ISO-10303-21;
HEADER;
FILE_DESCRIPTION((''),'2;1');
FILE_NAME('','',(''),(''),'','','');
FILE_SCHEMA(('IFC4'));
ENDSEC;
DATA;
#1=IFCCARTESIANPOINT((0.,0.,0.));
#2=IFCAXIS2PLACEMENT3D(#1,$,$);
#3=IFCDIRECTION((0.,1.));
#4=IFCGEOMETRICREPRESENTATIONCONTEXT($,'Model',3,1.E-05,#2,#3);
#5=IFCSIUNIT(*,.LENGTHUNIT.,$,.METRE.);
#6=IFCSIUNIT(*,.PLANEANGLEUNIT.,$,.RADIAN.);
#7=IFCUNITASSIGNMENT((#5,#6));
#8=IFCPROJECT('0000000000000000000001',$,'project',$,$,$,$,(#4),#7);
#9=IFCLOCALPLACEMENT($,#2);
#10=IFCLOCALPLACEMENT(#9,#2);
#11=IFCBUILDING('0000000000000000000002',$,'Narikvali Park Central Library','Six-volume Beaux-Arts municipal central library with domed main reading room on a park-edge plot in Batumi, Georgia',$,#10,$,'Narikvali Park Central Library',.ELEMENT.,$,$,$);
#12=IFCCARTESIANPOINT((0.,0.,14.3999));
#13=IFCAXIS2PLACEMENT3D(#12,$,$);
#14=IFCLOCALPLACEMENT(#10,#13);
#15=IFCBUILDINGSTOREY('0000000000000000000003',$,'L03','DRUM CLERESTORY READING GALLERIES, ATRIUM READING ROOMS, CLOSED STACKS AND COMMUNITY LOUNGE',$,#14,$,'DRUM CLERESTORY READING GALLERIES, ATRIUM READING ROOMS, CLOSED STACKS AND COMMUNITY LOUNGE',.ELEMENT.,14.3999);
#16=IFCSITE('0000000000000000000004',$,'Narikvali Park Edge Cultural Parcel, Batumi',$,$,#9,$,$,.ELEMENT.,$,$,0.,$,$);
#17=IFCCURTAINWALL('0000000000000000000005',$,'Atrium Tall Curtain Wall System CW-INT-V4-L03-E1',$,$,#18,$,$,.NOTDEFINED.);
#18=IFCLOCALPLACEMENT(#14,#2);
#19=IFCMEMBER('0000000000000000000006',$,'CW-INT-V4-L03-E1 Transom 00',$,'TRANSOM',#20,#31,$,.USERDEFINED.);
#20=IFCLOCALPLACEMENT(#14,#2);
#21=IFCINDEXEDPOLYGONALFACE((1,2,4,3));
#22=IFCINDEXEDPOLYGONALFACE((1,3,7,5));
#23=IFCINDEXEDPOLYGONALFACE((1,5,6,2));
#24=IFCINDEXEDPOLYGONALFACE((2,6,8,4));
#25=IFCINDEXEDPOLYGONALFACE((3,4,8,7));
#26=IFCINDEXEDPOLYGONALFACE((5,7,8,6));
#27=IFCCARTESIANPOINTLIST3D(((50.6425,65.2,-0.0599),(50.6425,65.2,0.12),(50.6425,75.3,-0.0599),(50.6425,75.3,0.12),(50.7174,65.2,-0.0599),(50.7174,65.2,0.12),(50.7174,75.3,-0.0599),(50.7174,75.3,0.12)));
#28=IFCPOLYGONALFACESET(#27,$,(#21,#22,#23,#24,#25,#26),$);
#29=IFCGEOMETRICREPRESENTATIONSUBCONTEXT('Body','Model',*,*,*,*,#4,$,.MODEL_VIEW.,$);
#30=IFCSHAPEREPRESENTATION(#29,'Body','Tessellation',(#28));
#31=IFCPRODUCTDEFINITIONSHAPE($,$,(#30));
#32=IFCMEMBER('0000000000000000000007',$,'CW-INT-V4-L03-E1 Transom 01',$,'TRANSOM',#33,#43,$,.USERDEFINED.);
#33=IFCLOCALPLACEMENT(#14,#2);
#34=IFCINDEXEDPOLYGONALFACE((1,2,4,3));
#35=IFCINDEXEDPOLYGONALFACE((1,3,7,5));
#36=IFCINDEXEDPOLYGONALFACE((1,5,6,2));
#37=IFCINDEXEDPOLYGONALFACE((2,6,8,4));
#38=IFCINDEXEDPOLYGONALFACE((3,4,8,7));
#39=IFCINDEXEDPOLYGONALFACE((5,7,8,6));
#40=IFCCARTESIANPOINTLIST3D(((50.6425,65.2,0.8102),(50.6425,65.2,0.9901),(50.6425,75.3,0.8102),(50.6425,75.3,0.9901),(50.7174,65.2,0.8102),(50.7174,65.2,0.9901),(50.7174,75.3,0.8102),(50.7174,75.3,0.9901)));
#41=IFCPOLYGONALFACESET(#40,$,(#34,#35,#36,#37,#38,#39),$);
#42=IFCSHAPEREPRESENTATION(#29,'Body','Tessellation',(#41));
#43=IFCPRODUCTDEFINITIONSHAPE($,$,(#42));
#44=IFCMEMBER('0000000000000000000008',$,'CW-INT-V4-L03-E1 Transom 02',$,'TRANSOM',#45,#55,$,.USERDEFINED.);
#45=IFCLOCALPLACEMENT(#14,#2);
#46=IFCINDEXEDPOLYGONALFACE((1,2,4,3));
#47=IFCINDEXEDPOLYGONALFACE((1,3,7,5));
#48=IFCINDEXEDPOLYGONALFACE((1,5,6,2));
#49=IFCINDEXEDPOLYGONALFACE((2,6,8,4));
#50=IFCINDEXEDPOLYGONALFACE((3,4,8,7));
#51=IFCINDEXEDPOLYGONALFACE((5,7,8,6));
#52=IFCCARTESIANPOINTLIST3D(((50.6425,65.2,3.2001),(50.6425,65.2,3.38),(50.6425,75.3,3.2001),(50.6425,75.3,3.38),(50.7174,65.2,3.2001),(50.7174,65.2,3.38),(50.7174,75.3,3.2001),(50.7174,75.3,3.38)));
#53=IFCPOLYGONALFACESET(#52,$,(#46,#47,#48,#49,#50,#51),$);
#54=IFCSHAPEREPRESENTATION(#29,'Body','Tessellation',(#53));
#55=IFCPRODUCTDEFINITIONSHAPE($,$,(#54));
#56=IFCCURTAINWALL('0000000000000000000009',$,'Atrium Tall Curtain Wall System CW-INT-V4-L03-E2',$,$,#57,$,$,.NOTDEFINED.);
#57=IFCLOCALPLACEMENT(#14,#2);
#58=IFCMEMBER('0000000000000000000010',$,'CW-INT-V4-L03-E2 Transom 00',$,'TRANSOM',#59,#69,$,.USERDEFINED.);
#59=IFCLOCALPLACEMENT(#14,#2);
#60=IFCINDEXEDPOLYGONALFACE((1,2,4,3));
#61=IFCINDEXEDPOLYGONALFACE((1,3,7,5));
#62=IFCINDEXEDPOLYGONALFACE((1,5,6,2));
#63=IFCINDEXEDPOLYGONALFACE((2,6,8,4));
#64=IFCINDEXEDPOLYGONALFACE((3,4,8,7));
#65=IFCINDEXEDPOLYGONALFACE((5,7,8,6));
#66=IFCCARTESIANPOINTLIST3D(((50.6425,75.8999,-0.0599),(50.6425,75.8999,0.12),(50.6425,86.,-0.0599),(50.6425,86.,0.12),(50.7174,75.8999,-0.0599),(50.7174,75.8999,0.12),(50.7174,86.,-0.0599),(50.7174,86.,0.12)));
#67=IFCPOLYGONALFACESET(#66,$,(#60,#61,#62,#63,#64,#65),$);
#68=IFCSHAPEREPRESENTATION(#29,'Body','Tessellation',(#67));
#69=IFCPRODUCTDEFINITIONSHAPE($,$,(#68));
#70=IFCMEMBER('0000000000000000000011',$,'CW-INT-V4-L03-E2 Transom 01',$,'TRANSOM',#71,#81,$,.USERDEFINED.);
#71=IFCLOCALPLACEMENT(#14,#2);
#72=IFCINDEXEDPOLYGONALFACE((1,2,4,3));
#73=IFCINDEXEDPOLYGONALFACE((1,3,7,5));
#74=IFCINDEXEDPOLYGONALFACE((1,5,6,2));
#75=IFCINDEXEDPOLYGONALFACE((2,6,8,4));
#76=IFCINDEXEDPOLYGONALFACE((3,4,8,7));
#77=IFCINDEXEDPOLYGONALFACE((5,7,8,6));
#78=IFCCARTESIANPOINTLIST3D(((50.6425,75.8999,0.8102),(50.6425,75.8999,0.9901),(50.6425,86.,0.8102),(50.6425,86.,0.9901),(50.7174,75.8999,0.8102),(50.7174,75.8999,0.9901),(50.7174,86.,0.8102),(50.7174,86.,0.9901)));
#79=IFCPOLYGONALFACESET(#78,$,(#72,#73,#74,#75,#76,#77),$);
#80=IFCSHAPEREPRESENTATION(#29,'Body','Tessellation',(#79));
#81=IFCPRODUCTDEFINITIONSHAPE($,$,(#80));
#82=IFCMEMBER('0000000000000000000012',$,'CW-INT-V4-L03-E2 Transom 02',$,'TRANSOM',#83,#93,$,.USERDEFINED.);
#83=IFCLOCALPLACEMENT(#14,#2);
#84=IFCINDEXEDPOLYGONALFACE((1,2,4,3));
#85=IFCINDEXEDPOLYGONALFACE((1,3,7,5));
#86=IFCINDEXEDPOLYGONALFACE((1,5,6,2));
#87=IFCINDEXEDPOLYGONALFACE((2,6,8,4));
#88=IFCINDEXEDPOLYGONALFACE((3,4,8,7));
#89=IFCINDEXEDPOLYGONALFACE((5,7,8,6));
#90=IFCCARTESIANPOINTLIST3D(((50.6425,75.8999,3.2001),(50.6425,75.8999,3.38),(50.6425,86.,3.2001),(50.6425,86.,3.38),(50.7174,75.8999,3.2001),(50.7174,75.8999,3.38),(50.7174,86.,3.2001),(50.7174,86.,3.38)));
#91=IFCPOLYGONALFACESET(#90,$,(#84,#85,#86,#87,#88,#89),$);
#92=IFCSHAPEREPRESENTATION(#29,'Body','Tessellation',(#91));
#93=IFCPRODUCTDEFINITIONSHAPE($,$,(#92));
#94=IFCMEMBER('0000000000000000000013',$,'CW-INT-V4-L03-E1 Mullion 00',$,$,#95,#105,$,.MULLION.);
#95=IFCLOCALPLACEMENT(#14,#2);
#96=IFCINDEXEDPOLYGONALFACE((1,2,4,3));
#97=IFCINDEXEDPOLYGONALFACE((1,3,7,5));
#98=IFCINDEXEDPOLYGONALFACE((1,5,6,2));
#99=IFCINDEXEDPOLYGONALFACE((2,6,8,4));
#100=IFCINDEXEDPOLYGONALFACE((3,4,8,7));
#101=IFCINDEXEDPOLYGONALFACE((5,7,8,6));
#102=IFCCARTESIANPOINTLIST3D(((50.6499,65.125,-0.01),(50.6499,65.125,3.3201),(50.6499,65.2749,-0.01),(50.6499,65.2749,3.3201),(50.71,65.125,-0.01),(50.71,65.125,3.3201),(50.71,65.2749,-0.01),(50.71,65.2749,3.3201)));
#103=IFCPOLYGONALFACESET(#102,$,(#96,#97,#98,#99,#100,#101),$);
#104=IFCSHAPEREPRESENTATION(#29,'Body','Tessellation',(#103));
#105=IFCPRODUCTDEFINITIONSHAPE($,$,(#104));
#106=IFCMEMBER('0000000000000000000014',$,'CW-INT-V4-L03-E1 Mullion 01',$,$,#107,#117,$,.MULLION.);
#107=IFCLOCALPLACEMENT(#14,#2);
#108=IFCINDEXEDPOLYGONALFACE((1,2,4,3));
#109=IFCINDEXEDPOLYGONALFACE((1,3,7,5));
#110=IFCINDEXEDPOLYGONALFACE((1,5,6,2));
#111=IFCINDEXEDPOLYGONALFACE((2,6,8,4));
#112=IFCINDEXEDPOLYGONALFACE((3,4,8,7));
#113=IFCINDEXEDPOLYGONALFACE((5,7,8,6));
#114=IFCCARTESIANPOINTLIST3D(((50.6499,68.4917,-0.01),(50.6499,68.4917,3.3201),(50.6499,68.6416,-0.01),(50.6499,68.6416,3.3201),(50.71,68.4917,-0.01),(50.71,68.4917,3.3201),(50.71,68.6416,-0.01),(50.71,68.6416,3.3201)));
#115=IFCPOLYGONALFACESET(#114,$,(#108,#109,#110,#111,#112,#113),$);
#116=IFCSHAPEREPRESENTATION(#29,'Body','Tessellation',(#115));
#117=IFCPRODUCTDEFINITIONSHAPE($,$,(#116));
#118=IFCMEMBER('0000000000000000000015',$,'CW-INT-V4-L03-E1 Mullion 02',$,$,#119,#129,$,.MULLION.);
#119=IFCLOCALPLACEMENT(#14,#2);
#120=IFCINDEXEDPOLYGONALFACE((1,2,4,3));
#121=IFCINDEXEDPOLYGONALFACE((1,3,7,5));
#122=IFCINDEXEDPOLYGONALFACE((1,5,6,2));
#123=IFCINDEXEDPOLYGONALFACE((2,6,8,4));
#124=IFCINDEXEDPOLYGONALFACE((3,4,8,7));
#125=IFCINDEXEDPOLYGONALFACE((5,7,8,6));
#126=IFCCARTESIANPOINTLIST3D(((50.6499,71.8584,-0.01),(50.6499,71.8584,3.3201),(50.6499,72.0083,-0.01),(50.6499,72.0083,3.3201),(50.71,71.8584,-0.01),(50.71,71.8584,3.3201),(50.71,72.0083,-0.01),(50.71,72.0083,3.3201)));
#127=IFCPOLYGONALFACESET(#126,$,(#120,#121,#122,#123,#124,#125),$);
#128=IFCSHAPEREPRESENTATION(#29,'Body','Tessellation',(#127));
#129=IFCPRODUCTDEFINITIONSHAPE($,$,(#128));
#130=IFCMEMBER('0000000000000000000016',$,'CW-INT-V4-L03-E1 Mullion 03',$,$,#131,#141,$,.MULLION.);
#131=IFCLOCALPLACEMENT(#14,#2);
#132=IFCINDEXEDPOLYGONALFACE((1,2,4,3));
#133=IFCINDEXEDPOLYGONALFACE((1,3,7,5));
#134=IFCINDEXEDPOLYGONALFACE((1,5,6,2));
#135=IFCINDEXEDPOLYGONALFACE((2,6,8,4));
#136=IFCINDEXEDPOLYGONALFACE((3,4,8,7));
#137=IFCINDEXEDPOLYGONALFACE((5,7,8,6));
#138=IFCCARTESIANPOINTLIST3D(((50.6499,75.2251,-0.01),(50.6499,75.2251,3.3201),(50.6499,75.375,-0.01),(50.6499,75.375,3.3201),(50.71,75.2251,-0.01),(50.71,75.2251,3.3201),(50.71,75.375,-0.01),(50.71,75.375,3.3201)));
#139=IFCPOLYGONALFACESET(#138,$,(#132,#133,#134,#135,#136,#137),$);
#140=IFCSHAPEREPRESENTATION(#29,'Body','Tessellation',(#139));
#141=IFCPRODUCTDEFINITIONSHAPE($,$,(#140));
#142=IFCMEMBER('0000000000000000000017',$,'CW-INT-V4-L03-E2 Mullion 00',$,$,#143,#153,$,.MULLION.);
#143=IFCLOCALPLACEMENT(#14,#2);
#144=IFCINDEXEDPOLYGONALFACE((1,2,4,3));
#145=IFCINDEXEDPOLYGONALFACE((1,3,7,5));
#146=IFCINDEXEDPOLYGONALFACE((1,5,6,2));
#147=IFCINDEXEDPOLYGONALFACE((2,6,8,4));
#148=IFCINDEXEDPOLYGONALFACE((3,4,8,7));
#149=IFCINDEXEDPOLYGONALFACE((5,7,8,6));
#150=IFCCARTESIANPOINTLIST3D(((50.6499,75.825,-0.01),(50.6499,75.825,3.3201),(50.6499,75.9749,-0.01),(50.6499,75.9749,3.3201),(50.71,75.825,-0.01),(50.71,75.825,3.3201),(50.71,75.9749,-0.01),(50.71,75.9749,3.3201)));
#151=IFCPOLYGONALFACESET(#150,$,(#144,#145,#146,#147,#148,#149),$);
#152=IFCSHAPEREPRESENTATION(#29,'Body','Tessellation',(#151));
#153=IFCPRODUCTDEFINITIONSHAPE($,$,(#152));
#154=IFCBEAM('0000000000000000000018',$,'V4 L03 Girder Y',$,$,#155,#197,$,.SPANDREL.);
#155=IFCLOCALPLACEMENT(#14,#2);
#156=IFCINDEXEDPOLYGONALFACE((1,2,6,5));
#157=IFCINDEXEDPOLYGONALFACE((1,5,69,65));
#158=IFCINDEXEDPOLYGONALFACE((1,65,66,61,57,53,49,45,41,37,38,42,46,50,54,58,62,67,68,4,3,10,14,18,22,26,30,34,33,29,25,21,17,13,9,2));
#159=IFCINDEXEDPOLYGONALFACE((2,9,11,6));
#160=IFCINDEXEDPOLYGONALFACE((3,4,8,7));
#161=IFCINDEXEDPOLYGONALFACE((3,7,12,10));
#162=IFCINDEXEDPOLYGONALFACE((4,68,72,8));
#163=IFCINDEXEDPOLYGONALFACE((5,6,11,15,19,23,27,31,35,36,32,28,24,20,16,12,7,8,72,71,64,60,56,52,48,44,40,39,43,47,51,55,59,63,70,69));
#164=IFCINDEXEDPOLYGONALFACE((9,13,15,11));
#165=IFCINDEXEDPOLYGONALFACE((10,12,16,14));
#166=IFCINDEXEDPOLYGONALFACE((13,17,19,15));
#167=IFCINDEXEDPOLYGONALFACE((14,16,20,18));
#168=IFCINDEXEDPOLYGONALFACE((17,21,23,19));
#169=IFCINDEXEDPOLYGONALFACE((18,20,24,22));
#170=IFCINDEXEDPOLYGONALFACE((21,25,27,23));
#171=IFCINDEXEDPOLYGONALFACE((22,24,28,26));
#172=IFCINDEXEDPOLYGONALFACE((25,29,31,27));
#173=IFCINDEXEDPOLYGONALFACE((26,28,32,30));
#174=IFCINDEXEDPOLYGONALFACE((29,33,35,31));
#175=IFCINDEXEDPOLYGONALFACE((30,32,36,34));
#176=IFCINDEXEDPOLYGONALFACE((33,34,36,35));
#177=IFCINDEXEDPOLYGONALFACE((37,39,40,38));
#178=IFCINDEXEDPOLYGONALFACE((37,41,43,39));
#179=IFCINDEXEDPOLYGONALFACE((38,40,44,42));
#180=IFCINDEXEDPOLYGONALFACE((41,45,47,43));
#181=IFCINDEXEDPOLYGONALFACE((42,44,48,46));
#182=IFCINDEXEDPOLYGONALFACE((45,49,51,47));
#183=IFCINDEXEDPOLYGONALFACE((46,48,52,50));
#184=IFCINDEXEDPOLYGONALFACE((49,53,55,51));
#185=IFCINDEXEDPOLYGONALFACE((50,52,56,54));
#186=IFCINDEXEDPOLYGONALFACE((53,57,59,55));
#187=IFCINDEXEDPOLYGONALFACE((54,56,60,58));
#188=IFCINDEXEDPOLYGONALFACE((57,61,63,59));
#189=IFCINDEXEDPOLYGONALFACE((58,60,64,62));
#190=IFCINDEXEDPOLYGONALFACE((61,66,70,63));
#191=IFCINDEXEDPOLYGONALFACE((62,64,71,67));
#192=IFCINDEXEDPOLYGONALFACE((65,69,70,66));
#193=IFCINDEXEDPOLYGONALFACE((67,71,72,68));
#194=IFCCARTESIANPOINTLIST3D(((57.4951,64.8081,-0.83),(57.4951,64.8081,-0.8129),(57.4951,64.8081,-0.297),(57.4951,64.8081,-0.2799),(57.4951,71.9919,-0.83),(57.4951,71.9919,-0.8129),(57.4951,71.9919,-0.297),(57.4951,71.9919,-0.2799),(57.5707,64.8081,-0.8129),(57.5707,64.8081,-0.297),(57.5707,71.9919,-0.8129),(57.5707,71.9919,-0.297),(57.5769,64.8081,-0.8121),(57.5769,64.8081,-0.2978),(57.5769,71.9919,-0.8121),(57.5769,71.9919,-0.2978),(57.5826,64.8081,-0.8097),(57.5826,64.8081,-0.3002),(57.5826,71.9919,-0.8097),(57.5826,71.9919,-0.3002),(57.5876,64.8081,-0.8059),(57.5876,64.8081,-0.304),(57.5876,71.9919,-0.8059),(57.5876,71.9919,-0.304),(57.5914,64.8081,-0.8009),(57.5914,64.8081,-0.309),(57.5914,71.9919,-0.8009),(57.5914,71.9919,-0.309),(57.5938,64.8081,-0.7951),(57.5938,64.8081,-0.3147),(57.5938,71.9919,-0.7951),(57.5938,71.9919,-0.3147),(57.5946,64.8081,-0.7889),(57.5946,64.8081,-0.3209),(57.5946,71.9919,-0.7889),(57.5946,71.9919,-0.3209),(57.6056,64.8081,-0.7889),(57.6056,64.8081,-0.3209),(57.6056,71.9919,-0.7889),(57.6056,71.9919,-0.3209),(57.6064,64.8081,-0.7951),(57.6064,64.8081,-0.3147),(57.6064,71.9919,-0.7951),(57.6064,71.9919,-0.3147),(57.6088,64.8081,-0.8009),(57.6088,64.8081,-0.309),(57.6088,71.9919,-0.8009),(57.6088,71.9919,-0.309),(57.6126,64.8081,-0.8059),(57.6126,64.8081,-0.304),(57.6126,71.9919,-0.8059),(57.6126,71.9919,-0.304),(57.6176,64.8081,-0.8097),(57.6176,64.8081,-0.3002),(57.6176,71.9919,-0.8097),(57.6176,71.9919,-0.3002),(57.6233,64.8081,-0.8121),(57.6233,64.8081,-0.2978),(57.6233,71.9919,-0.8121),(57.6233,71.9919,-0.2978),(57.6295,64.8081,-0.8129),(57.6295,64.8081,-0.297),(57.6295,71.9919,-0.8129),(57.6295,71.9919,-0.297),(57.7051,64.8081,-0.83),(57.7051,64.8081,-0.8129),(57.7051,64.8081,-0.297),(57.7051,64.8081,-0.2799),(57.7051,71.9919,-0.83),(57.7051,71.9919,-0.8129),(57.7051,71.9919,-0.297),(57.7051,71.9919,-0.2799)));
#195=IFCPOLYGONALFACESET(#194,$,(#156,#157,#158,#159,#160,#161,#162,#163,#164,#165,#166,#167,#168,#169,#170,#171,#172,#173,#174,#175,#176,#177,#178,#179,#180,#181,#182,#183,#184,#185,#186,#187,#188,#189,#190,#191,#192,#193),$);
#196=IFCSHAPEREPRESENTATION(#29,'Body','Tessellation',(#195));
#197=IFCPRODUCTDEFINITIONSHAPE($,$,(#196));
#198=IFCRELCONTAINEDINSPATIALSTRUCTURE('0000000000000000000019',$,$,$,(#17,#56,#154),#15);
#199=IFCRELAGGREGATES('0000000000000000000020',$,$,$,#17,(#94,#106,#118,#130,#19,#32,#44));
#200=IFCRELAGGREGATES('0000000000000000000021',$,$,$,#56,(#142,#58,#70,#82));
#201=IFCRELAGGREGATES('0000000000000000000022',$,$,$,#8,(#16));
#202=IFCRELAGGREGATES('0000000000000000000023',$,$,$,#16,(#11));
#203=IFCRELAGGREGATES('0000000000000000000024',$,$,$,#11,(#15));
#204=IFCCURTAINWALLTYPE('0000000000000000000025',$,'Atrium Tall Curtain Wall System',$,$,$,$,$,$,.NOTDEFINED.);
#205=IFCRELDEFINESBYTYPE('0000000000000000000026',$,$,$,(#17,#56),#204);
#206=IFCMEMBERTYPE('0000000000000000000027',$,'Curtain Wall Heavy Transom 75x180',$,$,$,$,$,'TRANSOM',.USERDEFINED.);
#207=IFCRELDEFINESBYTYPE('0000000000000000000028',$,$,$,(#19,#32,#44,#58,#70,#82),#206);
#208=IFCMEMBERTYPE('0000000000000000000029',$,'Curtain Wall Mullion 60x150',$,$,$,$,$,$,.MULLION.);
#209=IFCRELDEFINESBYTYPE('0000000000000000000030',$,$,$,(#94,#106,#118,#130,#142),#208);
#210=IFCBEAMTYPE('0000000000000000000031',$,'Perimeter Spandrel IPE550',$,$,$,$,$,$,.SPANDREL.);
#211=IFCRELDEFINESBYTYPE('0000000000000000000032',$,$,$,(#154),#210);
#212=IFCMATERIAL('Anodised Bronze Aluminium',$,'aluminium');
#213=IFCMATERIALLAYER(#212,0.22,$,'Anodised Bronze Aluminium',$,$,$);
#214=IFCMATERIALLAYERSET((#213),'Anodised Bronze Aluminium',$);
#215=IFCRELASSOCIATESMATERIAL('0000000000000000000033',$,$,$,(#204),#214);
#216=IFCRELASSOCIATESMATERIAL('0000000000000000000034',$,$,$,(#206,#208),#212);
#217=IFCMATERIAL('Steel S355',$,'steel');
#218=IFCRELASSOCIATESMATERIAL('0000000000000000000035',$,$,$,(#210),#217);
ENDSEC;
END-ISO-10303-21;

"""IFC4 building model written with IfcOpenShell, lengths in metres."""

from ifc_helpers import new_model, si_unit, direction, frame, origin, origin_2d, place, context, subcontext, project, spatial, rectangle, i_section, extrude, material, layer, layer_set, material_profile, profile_set, type_object, element, aggregate, save


model = new_model("IFC4")

# Units and contexts
model_context = context("Model", 3, precision=1e-05, world=origin(), true_north=direction((0.0, 1.0)))
body_context = subcontext(model_context, "Body", "Model", "MODEL_VIEW")
ifc_project = project(units=[si_unit("LENGTHUNIT", "METRE"), si_unit("PLANEANGLEUNIT", "RADIAN")], contexts=[model_context])

# Site, building, storey
site_placement = place(None, origin())
site = spatial("IfcSite", under=ifc_project, at=site_placement, Name="Narikvali Park Edge Cultural Parcel, Batumi", CompositionType="ELEMENT", RefElevation=0.0)
building_placement = place(site_placement, origin())
building = spatial("IfcBuilding", under=site, at=building_placement, Name="Narikvali Park Central Library", Description="Six-volume Beaux-Arts municipal central library with domed main reading room on a park-edge plot in Batumi, Georgia", LongName="Narikvali Park Central Library", CompositionType="ELEMENT")
storey_placement = place(building_placement, frame((0.0, 0.0, 14.3999)))
storey = spatial("IfcBuildingStorey", under=building, at=storey_placement, Name="L03", Description="DRUM CLERESTORY READING GALLERIES, ATRIUM READING ROOMS, CLOSED STACKS AND COMMUNITY LOUNGE", LongName="DRUM CLERESTORY READING GALLERIES, ATRIUM READING ROOMS, CLOSED STACKS AND COMMUNITY LOUNGE", CompositionType="ELEMENT", Elevation=14.3999)

# Shared definitions
ifc_material_1 = material(Name="Steel S355", Category="steel")

# Curtain walls, members
ifc_material_2 = material(Name="Anodised Bronze Aluminium", Category="aluminium")
ifc_layer_1 = layer(ifc_material_2, 0.22, Name="Anodised Bronze Aluminium")
ifc_layer_set_1 = layer_set([ifc_layer_1], Name="Anodised Bronze Aluminium")
curtain_wall_type = type_object("IfcCurtainWallType", Name="Atrium Tall Curtain Wall System", PredefinedType="NOTDEFINED", material=ifc_layer_set_1)
curtain_wall_1_placement = place(storey_placement, origin())
curtain_wall_1 = element("IfcCurtainWall", 1, at=curtain_wall_1_placement, inside=storey, type_object=curtain_wall_type, Name="Atrium Tall Curtain Wall System CW-INT-V4-L03-E1", PredefinedType="NOTDEFINED")
ifc_material_profile_1 = material_profile(ifc_material_2, rectangle(XDim=0.075, YDim=0.1799, at=origin_2d()), Name="CW TRANSOM 75x180")
ifc_profile_set_1 = profile_set([ifc_material_profile_1], Name="Anodised Bronze Aluminium")
member_type_1 = type_object("IfcMemberType", Name="Curtain Wall Heavy Transom 75x180", ElementType="TRANSOM", PredefinedType="USERDEFINED", material=ifc_profile_set_1)
member_1_placement = place(storey_placement, frame((50.6799, 65.2, 0.03), z_axis=(0.0, 1.0, 0.0), x_axis=(-1.0, 0.0, 0.0)))
member_1 = element("IfcMember", 2, at=member_1_placement, type_object=member_type_1, Name="CW-INT-V4-L03-E1 Transom 00", ObjectType="TRANSOM", PredefinedType="USERDEFINED", context=body_context, shape_type="SweptSolid", body=[
    extrude(rectangle(XDim=0.075, YDim=0.1799, at=origin_2d()), origin(), (0.0, 0.0, 1.0), 10.1001),
])
member_2_placement = place(storey_placement, frame((50.6799, 65.2, 0.9001), z_axis=(0.0, 1.0, 0.0), x_axis=(-1.0, 0.0, 0.0)))
member_2 = element("IfcMember", 3, at=member_2_placement, type_object=member_type_1, Name="CW-INT-V4-L03-E1 Transom 01", ObjectType="TRANSOM", PredefinedType="USERDEFINED", context=body_context, shape_type="SweptSolid", body=[
    extrude(rectangle(XDim=0.075, YDim=0.1799, at=origin_2d()), origin(), (0.0, 0.0, 1.0), 10.1001),
])
member_3_placement = place(storey_placement, frame((50.6799, 65.2, 3.29), z_axis=(0.0, 1.0, 0.0), x_axis=(-1.0, 0.0, 0.0)))
member_3 = element("IfcMember", 4, at=member_3_placement, type_object=member_type_1, Name="CW-INT-V4-L03-E1 Transom 02", ObjectType="TRANSOM", PredefinedType="USERDEFINED", context=body_context, shape_type="SweptSolid", body=[
    extrude(rectangle(XDim=0.075, YDim=0.1799, at=origin_2d()), origin(), (0.0, 0.0, 1.0), 10.1001),
])
curtain_wall_2_placement = place(storey_placement, origin())
curtain_wall_2 = element("IfcCurtainWall", 5, at=curtain_wall_2_placement, inside=storey, type_object=curtain_wall_type, Name="Atrium Tall Curtain Wall System CW-INT-V4-L03-E2", PredefinedType="NOTDEFINED")
member_4_placement = place(storey_placement, frame((50.6799, 75.8999, 0.03), z_axis=(0.0, 1.0, 0.0), x_axis=(-1.0, 0.0, 0.0)))
member_4 = element("IfcMember", 6, at=member_4_placement, type_object=member_type_1, Name="CW-INT-V4-L03-E2 Transom 00", ObjectType="TRANSOM", PredefinedType="USERDEFINED", context=body_context, shape_type="SweptSolid", body=[
    extrude(rectangle(XDim=0.075, YDim=0.1799, at=origin_2d()), origin(), (0.0, 0.0, 1.0), 10.1001),
])
member_5_placement = place(storey_placement, frame((50.6799, 75.8999, 0.9001), z_axis=(0.0, 1.0, 0.0), x_axis=(-1.0, 0.0, 0.0)))
member_5 = element("IfcMember", 7, at=member_5_placement, type_object=member_type_1, Name="CW-INT-V4-L03-E2 Transom 01", ObjectType="TRANSOM", PredefinedType="USERDEFINED", context=body_context, shape_type="SweptSolid", body=[
    extrude(rectangle(XDim=0.075, YDim=0.1799, at=origin_2d()), origin(), (0.0, 0.0, 1.0), 10.1001),
])
member_6_placement = place(storey_placement, frame((50.6799, 75.8999, 3.29), z_axis=(0.0, 1.0, 0.0), x_axis=(-1.0, 0.0, 0.0)))
member_6 = element("IfcMember", 8, at=member_6_placement, type_object=member_type_1, Name="CW-INT-V4-L03-E2 Transom 02", ObjectType="TRANSOM", PredefinedType="USERDEFINED", context=body_context, shape_type="SweptSolid", body=[
    extrude(rectangle(XDim=0.075, YDim=0.1799, at=origin_2d()), origin(), (0.0, 0.0, 1.0), 10.1001),
])

# Members
ifc_material_profile_2 = material_profile(ifc_material_2, rectangle(XDim=0.0601, YDim=0.1499, at=origin_2d()), Name="CW MULLION 60x150")
ifc_profile_set_2 = profile_set([ifc_material_profile_2], Name="Anodised Bronze Aluminium")
member_type_2 = type_object("IfcMemberType", Name="Curtain Wall Mullion 60x150", PredefinedType="MULLION", material=ifc_profile_set_2)
member_7_placement = place(storey_placement, frame((50.6799, 65.2, -0.01), z_axis=(0.0, 0.0, 1.0), x_axis=(1.0, 0.0, 0.0)))
member_7 = element("IfcMember", 9, at=member_7_placement, type_object=member_type_2, Name="CW-INT-V4-L03-E1 Mullion 00", PredefinedType="MULLION", context=body_context, shape_type="SweptSolid", body=[
    extrude(rectangle(XDim=0.0601, YDim=0.1499, at=origin_2d()), origin(), (0.0, 0.0, 1.0), 3.3301),
])
member_8_placement = place(storey_placement, frame((50.6799, 68.5667, -0.01), z_axis=(0.0, 0.0, 1.0), x_axis=(1.0, 0.0, 0.0)))
member_8 = element("IfcMember", 10, at=member_8_placement, type_object=member_type_2, Name="CW-INT-V4-L03-E1 Mullion 01", PredefinedType="MULLION", context=body_context, shape_type="SweptSolid", body=[
    extrude(rectangle(XDim=0.0601, YDim=0.1499, at=origin_2d()), origin(), (0.0, 0.0, 1.0), 3.3301),
])
member_9_placement = place(storey_placement, frame((50.6799, 71.9333, -0.01), z_axis=(0.0, 0.0, 1.0), x_axis=(1.0, 0.0, 0.0)))
member_9 = element("IfcMember", 11, at=member_9_placement, type_object=member_type_2, Name="CW-INT-V4-L03-E1 Mullion 02", PredefinedType="MULLION", context=body_context, shape_type="SweptSolid", body=[
    extrude(rectangle(XDim=0.0601, YDim=0.1499, at=origin_2d()), origin(), (0.0, 0.0, 1.0), 3.3301),
])
member_10_placement = place(storey_placement, frame((50.6799, 75.3, -0.01), z_axis=(0.0, 0.0, 1.0), x_axis=(1.0, 0.0, 0.0)))
member_10 = element("IfcMember", 12, at=member_10_placement, type_object=member_type_2, Name="CW-INT-V4-L03-E1 Mullion 03", PredefinedType="MULLION", context=body_context, shape_type="SweptSolid", body=[
    extrude(rectangle(XDim=0.0601, YDim=0.1499, at=origin_2d()), origin(), (0.0, 0.0, 1.0), 3.3301),
])
member_11_placement = place(storey_placement, frame((50.6799, 75.8999, -0.01), z_axis=(0.0, 0.0, 1.0), x_axis=(1.0, 0.0, 0.0)))
member_11 = element("IfcMember", 13, at=member_11_placement, type_object=member_type_2, Name="CW-INT-V4-L03-E2 Mullion 00", PredefinedType="MULLION", context=body_context, shape_type="SweptSolid", body=[
    extrude(rectangle(XDim=0.0601, YDim=0.1499, at=origin_2d()), origin(), (0.0, 0.0, 1.0), 3.3301),
])

# Beam
ifc_material_profile_3 = material_profile(ifc_material_1, i_section(OverallWidth=0.21, OverallDepth=0.55, WebThickness=0.011, FlangeThickness=0.0171, FilletRadius=0.0239, at=origin_2d()), Name="IPE 550")
ifc_profile_set_3 = profile_set([ifc_material_profile_3], Name="Steel S355")
beam_type_1 = type_object("IfcBeamType", Name="Perimeter Spandrel IPE550", PredefinedType="SPANDREL", material=ifc_profile_set_3)
for number, where, z_axis, x_axis, name in (
    (14, (57.6001, 64.8081, -0.5549), (0.0, 1.0, 0.0), (-1.0, 0.0, 0.0), "V4 L03 Girder Y"),
):
    element("IfcBeam", number, at=place(storey_placement, frame(where, z_axis=z_axis, x_axis=x_axis)), inside=storey, type_object=beam_type_1, Name=name, PredefinedType="SPANDREL", context=body_context, shape_type="SweptSolid", body=[
        extrude(i_section(OverallWidth=0.21, OverallDepth=0.55, WebThickness=0.011, FlangeThickness=0.0171, FilletRadius=0.0239, at=origin_2d()), origin(), (0.0, 0.0, 1.0), 7.1838),
    ])

aggregate(curtain_wall_1, [member_7, member_8, member_9, member_10, member_1, member_2, member_3])
aggregate(curtain_wall_2, [member_11, member_4, member_5, member_6])

save(model, "model.ifc")
